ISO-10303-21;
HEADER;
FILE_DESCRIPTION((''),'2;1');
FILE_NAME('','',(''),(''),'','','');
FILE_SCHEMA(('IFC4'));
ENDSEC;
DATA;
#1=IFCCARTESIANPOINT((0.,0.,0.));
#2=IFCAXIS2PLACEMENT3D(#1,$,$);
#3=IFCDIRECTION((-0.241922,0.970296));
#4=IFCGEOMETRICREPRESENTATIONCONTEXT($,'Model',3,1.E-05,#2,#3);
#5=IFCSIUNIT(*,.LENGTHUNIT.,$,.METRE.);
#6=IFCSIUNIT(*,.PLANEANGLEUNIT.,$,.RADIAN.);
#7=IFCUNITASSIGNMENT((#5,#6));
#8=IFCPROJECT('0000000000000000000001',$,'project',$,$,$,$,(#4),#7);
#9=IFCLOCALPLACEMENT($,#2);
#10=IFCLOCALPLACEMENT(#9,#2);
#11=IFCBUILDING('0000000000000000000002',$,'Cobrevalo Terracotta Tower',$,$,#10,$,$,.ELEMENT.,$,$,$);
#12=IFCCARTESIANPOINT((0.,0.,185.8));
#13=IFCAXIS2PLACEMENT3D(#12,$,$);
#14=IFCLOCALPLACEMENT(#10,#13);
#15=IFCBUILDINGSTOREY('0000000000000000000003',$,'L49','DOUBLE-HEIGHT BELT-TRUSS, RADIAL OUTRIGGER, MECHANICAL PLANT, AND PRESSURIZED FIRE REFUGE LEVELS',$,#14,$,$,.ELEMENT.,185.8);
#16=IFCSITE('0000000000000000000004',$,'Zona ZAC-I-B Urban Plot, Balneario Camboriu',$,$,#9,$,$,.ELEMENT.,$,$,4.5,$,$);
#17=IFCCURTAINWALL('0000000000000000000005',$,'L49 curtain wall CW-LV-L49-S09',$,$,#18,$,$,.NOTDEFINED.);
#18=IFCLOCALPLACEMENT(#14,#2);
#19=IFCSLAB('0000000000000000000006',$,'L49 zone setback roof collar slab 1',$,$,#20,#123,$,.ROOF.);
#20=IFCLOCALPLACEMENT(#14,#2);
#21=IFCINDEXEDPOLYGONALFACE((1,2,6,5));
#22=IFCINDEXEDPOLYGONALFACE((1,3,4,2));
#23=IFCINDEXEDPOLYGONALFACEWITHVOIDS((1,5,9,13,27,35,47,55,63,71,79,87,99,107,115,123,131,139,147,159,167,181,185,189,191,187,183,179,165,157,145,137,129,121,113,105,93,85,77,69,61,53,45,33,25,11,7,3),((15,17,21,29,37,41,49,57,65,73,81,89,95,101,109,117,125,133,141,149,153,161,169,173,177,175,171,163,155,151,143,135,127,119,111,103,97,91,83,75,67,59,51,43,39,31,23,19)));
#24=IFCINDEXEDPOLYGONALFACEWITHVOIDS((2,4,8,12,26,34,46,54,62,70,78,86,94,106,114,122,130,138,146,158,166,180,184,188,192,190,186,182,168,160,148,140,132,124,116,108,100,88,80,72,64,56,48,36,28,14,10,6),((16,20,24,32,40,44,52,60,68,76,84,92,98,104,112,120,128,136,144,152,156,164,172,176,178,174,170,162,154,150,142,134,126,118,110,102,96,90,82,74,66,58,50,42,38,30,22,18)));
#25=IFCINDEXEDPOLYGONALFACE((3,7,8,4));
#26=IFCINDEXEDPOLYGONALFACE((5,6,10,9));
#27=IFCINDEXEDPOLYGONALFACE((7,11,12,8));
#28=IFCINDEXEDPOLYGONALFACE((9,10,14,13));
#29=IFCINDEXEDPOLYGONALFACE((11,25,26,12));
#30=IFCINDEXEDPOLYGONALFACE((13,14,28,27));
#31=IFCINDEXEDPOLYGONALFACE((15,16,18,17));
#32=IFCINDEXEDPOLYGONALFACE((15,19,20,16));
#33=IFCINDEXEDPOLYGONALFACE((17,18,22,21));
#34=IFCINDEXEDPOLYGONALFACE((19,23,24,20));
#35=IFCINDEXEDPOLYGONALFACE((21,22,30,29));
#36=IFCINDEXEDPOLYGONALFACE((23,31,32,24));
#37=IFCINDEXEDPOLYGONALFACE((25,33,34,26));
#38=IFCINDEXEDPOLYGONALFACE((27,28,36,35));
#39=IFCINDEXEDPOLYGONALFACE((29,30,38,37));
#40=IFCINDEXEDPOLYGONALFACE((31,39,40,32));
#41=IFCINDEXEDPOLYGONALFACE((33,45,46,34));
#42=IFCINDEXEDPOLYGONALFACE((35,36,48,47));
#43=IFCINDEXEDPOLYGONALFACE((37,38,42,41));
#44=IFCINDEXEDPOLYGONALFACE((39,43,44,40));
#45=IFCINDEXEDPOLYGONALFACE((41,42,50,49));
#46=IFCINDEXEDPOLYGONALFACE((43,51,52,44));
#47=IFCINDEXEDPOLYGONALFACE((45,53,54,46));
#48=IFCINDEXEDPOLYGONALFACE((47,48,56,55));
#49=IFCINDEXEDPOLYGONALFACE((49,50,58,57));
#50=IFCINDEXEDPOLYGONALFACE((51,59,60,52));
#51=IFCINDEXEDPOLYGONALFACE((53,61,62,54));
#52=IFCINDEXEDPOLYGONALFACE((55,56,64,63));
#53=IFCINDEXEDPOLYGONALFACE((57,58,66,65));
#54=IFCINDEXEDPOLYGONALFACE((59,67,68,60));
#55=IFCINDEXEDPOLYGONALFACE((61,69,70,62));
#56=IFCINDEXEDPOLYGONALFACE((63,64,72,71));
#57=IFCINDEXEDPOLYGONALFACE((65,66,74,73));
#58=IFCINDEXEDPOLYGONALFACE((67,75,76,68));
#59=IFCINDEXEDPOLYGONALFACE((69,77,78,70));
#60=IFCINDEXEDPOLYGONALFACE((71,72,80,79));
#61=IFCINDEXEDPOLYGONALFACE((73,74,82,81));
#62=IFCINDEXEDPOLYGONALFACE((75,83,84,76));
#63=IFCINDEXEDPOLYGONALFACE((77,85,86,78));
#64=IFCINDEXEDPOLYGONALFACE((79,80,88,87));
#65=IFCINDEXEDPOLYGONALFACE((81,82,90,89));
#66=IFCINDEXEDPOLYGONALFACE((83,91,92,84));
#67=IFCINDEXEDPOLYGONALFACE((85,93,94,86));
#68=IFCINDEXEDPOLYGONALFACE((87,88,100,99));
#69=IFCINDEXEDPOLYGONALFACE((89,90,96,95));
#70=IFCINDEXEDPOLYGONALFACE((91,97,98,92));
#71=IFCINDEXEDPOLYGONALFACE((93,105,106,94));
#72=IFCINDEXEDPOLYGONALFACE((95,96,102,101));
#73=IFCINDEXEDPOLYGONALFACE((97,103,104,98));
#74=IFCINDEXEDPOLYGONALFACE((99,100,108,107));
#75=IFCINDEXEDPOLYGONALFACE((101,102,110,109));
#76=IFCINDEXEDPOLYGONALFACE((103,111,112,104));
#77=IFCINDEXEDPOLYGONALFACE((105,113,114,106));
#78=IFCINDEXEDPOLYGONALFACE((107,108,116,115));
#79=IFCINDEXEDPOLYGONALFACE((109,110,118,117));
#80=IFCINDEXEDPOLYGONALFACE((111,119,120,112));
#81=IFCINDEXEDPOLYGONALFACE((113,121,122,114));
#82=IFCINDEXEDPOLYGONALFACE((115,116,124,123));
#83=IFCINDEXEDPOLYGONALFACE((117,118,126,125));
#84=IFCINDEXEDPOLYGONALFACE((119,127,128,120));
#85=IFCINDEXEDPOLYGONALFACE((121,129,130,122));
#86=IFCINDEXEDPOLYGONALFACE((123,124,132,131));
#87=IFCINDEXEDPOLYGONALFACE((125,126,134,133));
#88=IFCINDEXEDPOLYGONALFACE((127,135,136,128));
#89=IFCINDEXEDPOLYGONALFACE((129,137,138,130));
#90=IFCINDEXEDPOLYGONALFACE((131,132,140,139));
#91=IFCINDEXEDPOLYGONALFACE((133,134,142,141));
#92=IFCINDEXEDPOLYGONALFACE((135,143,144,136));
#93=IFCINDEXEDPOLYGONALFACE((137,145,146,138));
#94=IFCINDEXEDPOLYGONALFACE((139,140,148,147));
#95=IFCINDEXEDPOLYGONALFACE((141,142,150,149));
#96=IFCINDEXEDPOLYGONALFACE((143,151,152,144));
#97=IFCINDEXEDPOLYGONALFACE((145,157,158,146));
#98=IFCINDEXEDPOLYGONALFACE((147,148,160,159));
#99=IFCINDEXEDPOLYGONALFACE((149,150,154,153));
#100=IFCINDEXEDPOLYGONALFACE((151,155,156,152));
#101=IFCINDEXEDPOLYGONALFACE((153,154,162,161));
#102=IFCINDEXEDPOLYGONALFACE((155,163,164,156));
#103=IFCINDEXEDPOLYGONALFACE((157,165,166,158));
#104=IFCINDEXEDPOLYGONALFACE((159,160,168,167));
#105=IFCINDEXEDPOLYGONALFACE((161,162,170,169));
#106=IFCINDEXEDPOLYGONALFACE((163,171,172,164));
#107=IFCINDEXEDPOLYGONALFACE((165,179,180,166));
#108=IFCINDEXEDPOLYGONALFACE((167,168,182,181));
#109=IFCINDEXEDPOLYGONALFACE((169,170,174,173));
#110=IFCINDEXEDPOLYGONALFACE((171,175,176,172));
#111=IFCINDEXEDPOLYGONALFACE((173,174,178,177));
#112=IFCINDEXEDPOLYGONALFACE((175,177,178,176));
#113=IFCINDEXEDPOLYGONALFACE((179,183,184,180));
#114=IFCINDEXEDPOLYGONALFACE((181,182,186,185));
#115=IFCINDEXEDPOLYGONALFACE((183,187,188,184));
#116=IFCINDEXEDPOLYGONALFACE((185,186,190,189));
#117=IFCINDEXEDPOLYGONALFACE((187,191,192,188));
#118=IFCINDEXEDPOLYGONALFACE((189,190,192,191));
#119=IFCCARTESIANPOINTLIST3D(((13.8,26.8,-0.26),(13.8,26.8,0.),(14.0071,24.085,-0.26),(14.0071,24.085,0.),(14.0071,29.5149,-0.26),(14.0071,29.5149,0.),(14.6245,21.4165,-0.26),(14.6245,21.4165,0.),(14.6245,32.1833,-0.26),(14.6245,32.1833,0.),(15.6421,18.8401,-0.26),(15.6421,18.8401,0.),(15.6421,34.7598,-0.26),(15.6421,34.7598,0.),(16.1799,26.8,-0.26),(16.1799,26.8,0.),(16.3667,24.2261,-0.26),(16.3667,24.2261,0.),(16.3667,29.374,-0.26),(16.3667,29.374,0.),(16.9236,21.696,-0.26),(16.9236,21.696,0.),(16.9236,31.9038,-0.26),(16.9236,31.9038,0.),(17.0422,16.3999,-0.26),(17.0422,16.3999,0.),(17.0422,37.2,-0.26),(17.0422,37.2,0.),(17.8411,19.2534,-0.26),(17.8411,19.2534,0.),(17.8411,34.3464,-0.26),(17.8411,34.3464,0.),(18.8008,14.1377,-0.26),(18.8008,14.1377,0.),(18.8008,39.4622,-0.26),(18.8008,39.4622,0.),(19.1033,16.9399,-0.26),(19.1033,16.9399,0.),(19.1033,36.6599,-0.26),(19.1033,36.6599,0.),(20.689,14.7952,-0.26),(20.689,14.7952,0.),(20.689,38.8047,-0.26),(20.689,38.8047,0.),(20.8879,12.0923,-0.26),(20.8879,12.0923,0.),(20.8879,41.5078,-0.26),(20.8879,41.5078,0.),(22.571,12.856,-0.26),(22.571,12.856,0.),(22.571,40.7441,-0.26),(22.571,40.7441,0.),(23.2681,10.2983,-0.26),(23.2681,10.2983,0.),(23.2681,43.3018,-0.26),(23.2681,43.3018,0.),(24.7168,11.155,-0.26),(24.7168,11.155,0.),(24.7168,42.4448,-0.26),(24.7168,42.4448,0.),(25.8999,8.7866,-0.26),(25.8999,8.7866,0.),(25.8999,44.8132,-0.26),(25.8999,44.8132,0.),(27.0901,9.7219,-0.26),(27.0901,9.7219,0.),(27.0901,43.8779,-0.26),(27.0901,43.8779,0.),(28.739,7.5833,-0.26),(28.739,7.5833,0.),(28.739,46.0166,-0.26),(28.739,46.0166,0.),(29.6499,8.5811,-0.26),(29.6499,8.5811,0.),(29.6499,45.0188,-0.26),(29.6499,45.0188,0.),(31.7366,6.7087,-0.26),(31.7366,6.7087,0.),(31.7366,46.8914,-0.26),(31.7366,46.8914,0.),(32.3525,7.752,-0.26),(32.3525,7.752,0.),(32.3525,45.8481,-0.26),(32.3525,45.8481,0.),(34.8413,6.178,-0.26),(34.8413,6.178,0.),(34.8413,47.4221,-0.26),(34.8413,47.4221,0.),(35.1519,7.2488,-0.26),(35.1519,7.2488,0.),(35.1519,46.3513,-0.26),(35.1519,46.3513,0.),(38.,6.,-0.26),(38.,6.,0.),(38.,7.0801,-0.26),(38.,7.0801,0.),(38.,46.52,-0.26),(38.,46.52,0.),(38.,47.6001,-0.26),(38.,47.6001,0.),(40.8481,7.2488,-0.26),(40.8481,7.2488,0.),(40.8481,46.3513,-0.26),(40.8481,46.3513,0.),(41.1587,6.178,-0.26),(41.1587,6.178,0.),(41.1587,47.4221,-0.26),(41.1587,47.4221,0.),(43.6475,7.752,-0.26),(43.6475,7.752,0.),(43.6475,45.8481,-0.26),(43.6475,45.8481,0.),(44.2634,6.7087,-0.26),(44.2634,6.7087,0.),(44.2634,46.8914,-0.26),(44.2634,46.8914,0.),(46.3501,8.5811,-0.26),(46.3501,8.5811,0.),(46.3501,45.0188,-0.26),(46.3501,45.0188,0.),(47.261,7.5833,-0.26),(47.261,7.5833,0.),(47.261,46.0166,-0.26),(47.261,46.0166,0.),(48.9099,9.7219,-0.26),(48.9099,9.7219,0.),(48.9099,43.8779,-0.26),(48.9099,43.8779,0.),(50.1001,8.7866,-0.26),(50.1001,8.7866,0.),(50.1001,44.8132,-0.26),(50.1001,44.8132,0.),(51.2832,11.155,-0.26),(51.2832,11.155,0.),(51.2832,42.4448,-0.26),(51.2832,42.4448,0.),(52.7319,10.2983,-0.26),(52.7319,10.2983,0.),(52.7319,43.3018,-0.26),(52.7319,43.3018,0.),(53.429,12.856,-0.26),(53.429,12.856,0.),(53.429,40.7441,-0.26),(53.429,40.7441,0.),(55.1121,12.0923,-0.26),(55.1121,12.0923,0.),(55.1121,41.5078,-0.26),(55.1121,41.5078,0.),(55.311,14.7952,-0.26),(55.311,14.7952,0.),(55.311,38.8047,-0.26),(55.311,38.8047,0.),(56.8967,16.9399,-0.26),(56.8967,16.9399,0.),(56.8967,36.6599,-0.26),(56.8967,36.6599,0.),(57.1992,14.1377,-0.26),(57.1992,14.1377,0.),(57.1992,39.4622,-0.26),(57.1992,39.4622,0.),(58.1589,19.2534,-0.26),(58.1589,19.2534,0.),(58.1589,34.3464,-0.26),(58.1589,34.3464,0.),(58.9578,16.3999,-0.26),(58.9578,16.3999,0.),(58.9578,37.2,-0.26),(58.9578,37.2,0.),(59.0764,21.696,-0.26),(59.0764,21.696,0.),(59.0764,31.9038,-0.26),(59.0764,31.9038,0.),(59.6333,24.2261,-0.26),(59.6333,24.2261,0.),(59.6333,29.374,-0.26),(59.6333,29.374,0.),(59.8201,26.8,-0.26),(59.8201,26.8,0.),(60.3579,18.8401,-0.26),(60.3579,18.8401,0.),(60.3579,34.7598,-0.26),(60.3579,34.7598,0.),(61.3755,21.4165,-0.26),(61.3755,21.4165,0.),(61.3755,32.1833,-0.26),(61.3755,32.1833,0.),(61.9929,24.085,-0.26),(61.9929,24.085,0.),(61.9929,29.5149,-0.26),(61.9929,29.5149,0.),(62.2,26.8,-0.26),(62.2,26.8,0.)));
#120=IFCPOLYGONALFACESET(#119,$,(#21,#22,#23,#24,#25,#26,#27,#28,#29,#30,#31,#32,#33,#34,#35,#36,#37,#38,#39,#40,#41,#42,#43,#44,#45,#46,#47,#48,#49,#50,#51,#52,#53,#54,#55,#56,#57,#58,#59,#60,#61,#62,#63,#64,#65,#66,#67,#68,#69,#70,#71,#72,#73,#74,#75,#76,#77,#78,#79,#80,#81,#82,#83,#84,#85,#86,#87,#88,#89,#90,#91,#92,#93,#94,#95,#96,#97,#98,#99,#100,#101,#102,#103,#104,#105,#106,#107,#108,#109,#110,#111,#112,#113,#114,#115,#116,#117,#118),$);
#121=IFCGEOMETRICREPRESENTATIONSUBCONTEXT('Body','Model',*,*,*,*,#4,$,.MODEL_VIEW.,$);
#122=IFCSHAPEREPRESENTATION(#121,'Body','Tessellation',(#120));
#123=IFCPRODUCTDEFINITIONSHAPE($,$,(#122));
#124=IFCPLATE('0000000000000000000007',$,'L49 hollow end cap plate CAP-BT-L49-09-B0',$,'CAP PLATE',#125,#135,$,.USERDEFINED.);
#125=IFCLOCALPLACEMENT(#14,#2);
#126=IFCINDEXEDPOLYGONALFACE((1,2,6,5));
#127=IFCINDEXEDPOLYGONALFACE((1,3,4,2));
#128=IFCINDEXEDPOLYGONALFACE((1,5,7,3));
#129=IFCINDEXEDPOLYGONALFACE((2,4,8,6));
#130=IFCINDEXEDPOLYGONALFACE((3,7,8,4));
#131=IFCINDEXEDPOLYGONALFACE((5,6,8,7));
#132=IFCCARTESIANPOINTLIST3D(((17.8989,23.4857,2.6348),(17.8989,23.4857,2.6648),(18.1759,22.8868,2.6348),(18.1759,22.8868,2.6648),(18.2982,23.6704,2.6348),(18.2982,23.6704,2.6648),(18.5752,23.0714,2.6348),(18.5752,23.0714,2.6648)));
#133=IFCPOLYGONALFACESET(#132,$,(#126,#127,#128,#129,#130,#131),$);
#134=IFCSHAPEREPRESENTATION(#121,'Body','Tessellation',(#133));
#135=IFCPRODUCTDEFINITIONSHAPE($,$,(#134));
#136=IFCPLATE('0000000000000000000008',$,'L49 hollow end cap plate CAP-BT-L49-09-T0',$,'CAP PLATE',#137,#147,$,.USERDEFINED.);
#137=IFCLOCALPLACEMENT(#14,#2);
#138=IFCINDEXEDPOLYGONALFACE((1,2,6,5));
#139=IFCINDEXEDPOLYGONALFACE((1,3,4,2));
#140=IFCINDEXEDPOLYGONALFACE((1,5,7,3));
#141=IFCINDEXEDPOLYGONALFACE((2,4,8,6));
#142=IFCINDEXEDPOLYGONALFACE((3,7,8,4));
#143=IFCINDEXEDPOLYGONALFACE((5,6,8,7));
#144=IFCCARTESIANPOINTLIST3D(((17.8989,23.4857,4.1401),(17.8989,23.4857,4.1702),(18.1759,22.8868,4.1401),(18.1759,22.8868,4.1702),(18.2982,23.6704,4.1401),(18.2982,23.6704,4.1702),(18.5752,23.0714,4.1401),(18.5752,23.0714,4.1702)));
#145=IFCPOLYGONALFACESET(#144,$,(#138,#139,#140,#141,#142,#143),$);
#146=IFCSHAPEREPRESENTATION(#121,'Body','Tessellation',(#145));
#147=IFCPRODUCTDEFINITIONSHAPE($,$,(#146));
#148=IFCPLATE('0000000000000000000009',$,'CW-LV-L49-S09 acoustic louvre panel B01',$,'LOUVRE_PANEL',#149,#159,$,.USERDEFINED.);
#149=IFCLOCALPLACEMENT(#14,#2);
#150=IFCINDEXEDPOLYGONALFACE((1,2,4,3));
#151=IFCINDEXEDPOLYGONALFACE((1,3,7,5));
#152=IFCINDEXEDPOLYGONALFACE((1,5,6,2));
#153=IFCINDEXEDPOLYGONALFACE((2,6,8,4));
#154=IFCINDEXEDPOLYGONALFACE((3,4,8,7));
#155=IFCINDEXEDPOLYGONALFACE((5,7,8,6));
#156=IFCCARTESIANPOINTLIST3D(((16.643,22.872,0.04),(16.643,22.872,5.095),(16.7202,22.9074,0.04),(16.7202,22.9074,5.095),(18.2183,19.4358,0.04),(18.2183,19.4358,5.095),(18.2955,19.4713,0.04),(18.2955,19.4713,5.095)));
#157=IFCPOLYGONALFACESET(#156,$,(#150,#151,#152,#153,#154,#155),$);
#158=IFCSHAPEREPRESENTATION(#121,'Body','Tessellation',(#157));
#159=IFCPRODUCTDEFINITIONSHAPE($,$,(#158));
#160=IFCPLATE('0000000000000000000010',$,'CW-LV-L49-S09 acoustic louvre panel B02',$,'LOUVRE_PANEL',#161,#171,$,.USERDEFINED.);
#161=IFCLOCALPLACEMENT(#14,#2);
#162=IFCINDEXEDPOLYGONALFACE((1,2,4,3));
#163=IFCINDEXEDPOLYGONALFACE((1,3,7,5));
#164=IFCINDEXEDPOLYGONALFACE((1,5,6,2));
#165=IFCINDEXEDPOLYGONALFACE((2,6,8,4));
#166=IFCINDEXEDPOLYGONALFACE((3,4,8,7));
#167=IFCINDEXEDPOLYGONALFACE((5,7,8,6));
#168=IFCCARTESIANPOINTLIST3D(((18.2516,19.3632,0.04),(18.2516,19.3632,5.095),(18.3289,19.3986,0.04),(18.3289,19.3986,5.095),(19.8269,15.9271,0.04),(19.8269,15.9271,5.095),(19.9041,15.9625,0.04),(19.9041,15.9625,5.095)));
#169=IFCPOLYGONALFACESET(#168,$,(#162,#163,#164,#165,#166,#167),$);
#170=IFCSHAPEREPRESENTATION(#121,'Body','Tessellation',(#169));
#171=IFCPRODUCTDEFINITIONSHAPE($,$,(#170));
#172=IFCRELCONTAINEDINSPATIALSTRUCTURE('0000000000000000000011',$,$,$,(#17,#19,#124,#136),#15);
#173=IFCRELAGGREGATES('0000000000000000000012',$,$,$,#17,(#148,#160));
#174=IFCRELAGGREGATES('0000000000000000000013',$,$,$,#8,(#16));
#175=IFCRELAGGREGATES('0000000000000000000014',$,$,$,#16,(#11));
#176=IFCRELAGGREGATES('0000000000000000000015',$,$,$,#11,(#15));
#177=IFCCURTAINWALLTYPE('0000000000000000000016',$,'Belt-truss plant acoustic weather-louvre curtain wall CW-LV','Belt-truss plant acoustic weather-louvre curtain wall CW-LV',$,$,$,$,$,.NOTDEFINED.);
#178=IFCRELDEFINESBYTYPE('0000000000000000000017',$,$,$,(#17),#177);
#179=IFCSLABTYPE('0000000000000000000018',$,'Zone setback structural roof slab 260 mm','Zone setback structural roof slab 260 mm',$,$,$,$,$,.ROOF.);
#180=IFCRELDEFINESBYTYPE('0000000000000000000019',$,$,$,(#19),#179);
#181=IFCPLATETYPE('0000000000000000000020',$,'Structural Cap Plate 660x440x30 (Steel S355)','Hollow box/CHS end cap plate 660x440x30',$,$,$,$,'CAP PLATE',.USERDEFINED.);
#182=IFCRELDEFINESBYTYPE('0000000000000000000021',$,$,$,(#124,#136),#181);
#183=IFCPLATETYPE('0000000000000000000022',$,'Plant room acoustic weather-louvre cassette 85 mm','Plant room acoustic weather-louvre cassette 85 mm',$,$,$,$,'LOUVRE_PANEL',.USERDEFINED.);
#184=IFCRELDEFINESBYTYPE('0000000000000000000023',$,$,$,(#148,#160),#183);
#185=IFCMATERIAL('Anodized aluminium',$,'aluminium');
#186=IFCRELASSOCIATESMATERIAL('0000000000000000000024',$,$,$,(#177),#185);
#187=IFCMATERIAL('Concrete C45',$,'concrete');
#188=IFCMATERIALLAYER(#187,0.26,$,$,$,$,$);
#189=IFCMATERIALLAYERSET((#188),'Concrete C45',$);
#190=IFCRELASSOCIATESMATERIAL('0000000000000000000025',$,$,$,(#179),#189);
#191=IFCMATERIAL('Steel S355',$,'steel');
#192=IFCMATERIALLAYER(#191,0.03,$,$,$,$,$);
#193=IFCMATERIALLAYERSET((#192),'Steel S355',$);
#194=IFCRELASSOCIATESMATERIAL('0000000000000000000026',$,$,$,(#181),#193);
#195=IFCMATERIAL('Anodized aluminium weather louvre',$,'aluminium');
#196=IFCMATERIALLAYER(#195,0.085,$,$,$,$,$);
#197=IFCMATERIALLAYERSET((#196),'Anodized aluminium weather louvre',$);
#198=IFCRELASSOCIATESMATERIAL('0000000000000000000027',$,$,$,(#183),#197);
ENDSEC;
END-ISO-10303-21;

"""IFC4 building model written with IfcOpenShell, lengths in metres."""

from ifc_helpers import new_model, si_unit, direction, frame, origin, origin_2d, place, context, subcontext, project, spatial, polyline, rectangle, outline, extrude, source, transform, mapped, material, layer, layer_set, type_object, element, aggregate, save


model = new_model("IFC4")

# Units and contexts
model_context = context("Model", 3, precision=1e-05, world=origin(), true_north=direction((-0.241922, 0.970296)))
body_context = subcontext(model_context, "Body", "Model", "MODEL_VIEW")
ifc_project = project(units=[si_unit("LENGTHUNIT", "METRE"), si_unit("PLANEANGLEUNIT", "RADIAN")], contexts=[model_context])

# Site, building, storey
site_placement = place(None, origin())
site = spatial("IfcSite", under=ifc_project, at=site_placement, Name="Zona ZAC-I-B Urban Plot, Balneario Camboriu", CompositionType="ELEMENT", RefElevation=4.5)
building_placement = place(site_placement, origin())
building = spatial("IfcBuilding", under=site, at=building_placement, Name="Cobrevalo Terracotta Tower", CompositionType="ELEMENT")
storey_placement = place(building_placement, frame((0.0, 0.0, 185.8)))
storey = spatial("IfcBuildingStorey", under=building, at=storey_placement, Name="L49", Description="DOUBLE-HEIGHT BELT-TRUSS, RADIAL OUTRIGGER, MECHANICAL PLANT, AND PRESSURIZED FIRE REFUGE LEVELS", CompositionType="ELEMENT", Elevation=185.8)

# Shared definitions
ifc_material_1 = material(Name="Steel S355", Category="steel")

# Shared definitions
ifc_material_2 = material(Name="Anodized aluminium", Category="aluminium")
curtain_wall_type = type_object("IfcCurtainWallType", Name="Belt-truss plant acoustic weather-louvre curtain wall CW-LV", Description="Belt-truss plant acoustic weather-louvre curtain wall CW-LV", PredefinedType="NOTDEFINED", material=ifc_material_2)

# Curtain wall
curtain_wall_1_placement = place(storey_placement, origin())
curtain_wall_1 = element("IfcCurtainWall", 1, at=curtain_wall_1_placement, inside=storey, type_object=curtain_wall_type, Name="L49 curtain wall CW-LV-L49-S09", PredefinedType="NOTDEFINED")

# Slab
ifc_material_3 = material(Name="Concrete C45", Category="concrete")
ifc_layer_1 = layer(ifc_material_3, 0.26)
ifc_layer_set_1 = layer_set([ifc_layer_1], Name="Concrete C45")
slab_type_1 = type_object("IfcSlabType", Name="Zone setback structural roof slab 260 mm", Description="Zone setback structural roof slab 260 mm", PredefinedType="ROOF", material=ifc_layer_set_1)
slab_1_placement = place(storey_placement, frame((0.0, 0.0, -0.26)))
element("IfcSlab", 2, at=slab_1_placement, inside=storey, type_object=slab_type_1, Name="L49 zone setback roof collar slab 1", PredefinedType="ROOF", context=body_context, shape_type="SweptSolid", body=[
    extrude(outline(polyline([(61.9929, 24.085), (61.3755, 21.4165), (60.3579, 18.8401), (58.9578, 16.3999), (57.1992, 14.1377), (55.1121, 12.0923), (52.7319, 10.2983), (50.1001, 8.7866), (47.261, 7.5833), (44.2634, 6.7087), (41.1587, 6.178), (38.0, 6.0), (34.8413, 6.178), (31.7366, 6.7087), (28.739, 7.5833), (25.8999, 8.7866), (23.2681, 10.2983), (20.8879, 12.0923), (18.8008, 14.1377), (17.0422, 16.3999), (15.6421, 18.8401), (14.6245, 21.4165), (14.0071, 24.085), (13.8, 26.8), (14.0071, 29.5149), (14.6245, 32.1833), (15.6421, 34.7598), (17.0422, 37.2), (18.8008, 39.4622), (20.8879, 41.5078), (23.2681, 43.3018), (25.8999, 44.8132), (28.739, 46.0166), (31.7366, 46.8914), (34.8413, 47.4221), (38.0, 47.6001), (41.1587, 47.4221), (44.2634, 46.8914), (47.261, 46.0166), (50.1001, 44.8132), (52.7319, 43.3018), (55.1121, 41.5078), (57.1992, 39.4622), (58.9578, 37.2), (60.3579, 34.7598), (61.3755, 32.1833), (61.9929, 29.5149), (62.2, 26.8), (61.9929, 24.085)]), holes=[polyline([(59.6333, 29.374), (59.0764, 31.9038), (58.1589, 34.3464), (56.8967, 36.6599), (55.311, 38.8047), (53.429, 40.7441), (51.2832, 42.4448), (48.9099, 43.8779), (46.3501, 45.0188), (43.6475, 45.8481), (40.8481, 46.3513), (38.0, 46.52), (35.1519, 46.3513), (32.3525, 45.8481), (29.6499, 45.0188), (27.0901, 43.8779), (24.7168, 42.4448), (22.571, 40.7441), (20.689, 38.8047), (19.1033, 36.6599), (17.8411, 34.3464), (16.9236, 31.9038), (16.3667, 29.374), (16.1799, 26.8), (16.3667, 24.2261), (16.9236, 21.696), (17.8411, 19.2534), (19.1033, 16.9399), (20.689, 14.7952), (22.571, 12.856), (24.7168, 11.155), (27.0901, 9.7219), (29.6499, 8.5811), (32.3525, 7.752), (35.1519, 7.2488), (38.0, 7.0801), (40.8481, 7.2488), (43.6475, 7.752), (46.3501, 8.5811), (48.9099, 9.7219), (51.2832, 11.155), (53.429, 12.856), (55.311, 14.7952), (56.8967, 16.9399), (58.1589, 19.2534), (59.0764, 21.696), (59.6333, 24.2261), (59.8201, 26.8), (59.6333, 29.374)])]), origin(), (0.0, 0.0, 1.0), 0.26),
])

# Plates
ifc_layer_2 = layer(ifc_material_1, 0.03)
ifc_layer_set_2 = layer_set([ifc_layer_2], Name="Steel S355")
plate_type_1 = type_object("IfcPlateType", Name="Structural Cap Plate 660x440x30 (Steel S355)", Description="Hollow box/CHS end cap plate 660x440x30", ElementType="CAP PLATE", PredefinedType="USERDEFINED", material=ifc_layer_set_2)
shared_shape_1 = source(origin(), body_context, "Body", "SweptSolid", [
    extrude(rectangle(XDim=0.6599, YDim=0.4399, at=origin_2d()), origin(), (0.0, 0.0, 1.0), 0.03),
])
for number, where, z_axis, x_axis, name in (
    (3, (18.2371, 23.2786, 2.6348), (0.0, 0.0, 1.0), (0.419706, -0.90766, 0.0), "L49 hollow end cap plate CAP-BT-L49-09-B0"),
    (4, (18.2371, 23.2786, 4.1401), (0.0, 0.0, 1.0), (0.419706, -0.90766, 0.0), "L49 hollow end cap plate CAP-BT-L49-09-T0"),
):
    element("IfcPlate", number, at=place(storey_placement, frame(where, z_axis=z_axis, x_axis=x_axis)), inside=storey, type_object=plate_type_1, Name=name, ObjectType="CAP PLATE", PredefinedType="USERDEFINED", context=body_context, shape_type="MappedRepresentation", body=[
        mapped(shared_shape_1, transform((0.0, 0.0, 0.0), scale=1.0)),
    ])

# Plates
ifc_material_4 = material(Name="Anodized aluminium weather louvre", Category="aluminium")
ifc_layer_3 = layer(ifc_material_4, 0.085)
ifc_layer_set_3 = layer_set([ifc_layer_3], Name="Anodized aluminium weather louvre")
plate_type_2 = type_object("IfcPlateType", Name="Plant room acoustic weather-louvre cassette 85 mm", Description="Plant room acoustic weather-louvre cassette 85 mm", ElementType="LOUVRE_PANEL", PredefinedType="USERDEFINED", material=ifc_layer_set_3)
shared_shape_2 = source(origin(), body_context, "Body", "SweptSolid", [
    extrude(rectangle(XDim=3.78, YDim=0.085, at=origin_2d()), origin(), (0.0, 0.0, 1.0), 5.0549),
])
plate_1_placement = place(storey_placement, frame((17.4692, 21.1716, 0.04), z_axis=(0.0, 0.0, 1.0), x_axis=(0.416731, -0.90903, 0.0)))
plate_1 = element("IfcPlate", 5, at=plate_1_placement, type_object=plate_type_2, Name="CW-LV-L49-S09 acoustic louvre panel B01", ObjectType="LOUVRE_PANEL", PredefinedType="USERDEFINED", context=body_context, shape_type="MappedRepresentation", body=[
    mapped(shared_shape_2, transform((0.0, 0.0, 0.0), scale=1.0)),
])
plate_2_placement = place(storey_placement, frame((19.0779, 17.6628, 0.04), z_axis=(0.0, 0.0, 1.0), x_axis=(0.416731, -0.90903, 0.0)))
plate_2 = element("IfcPlate", 6, at=plate_2_placement, type_object=plate_type_2, Name="CW-LV-L49-S09 acoustic louvre panel B02", ObjectType="LOUVRE_PANEL", PredefinedType="USERDEFINED", context=body_context, shape_type="MappedRepresentation", body=[
    mapped(shared_shape_2, transform((0.0, 0.0, 0.0), scale=1.0)),
])
aggregate(curtain_wall_1, [plate_1, plate_2])

save(model, "model.ifc")
